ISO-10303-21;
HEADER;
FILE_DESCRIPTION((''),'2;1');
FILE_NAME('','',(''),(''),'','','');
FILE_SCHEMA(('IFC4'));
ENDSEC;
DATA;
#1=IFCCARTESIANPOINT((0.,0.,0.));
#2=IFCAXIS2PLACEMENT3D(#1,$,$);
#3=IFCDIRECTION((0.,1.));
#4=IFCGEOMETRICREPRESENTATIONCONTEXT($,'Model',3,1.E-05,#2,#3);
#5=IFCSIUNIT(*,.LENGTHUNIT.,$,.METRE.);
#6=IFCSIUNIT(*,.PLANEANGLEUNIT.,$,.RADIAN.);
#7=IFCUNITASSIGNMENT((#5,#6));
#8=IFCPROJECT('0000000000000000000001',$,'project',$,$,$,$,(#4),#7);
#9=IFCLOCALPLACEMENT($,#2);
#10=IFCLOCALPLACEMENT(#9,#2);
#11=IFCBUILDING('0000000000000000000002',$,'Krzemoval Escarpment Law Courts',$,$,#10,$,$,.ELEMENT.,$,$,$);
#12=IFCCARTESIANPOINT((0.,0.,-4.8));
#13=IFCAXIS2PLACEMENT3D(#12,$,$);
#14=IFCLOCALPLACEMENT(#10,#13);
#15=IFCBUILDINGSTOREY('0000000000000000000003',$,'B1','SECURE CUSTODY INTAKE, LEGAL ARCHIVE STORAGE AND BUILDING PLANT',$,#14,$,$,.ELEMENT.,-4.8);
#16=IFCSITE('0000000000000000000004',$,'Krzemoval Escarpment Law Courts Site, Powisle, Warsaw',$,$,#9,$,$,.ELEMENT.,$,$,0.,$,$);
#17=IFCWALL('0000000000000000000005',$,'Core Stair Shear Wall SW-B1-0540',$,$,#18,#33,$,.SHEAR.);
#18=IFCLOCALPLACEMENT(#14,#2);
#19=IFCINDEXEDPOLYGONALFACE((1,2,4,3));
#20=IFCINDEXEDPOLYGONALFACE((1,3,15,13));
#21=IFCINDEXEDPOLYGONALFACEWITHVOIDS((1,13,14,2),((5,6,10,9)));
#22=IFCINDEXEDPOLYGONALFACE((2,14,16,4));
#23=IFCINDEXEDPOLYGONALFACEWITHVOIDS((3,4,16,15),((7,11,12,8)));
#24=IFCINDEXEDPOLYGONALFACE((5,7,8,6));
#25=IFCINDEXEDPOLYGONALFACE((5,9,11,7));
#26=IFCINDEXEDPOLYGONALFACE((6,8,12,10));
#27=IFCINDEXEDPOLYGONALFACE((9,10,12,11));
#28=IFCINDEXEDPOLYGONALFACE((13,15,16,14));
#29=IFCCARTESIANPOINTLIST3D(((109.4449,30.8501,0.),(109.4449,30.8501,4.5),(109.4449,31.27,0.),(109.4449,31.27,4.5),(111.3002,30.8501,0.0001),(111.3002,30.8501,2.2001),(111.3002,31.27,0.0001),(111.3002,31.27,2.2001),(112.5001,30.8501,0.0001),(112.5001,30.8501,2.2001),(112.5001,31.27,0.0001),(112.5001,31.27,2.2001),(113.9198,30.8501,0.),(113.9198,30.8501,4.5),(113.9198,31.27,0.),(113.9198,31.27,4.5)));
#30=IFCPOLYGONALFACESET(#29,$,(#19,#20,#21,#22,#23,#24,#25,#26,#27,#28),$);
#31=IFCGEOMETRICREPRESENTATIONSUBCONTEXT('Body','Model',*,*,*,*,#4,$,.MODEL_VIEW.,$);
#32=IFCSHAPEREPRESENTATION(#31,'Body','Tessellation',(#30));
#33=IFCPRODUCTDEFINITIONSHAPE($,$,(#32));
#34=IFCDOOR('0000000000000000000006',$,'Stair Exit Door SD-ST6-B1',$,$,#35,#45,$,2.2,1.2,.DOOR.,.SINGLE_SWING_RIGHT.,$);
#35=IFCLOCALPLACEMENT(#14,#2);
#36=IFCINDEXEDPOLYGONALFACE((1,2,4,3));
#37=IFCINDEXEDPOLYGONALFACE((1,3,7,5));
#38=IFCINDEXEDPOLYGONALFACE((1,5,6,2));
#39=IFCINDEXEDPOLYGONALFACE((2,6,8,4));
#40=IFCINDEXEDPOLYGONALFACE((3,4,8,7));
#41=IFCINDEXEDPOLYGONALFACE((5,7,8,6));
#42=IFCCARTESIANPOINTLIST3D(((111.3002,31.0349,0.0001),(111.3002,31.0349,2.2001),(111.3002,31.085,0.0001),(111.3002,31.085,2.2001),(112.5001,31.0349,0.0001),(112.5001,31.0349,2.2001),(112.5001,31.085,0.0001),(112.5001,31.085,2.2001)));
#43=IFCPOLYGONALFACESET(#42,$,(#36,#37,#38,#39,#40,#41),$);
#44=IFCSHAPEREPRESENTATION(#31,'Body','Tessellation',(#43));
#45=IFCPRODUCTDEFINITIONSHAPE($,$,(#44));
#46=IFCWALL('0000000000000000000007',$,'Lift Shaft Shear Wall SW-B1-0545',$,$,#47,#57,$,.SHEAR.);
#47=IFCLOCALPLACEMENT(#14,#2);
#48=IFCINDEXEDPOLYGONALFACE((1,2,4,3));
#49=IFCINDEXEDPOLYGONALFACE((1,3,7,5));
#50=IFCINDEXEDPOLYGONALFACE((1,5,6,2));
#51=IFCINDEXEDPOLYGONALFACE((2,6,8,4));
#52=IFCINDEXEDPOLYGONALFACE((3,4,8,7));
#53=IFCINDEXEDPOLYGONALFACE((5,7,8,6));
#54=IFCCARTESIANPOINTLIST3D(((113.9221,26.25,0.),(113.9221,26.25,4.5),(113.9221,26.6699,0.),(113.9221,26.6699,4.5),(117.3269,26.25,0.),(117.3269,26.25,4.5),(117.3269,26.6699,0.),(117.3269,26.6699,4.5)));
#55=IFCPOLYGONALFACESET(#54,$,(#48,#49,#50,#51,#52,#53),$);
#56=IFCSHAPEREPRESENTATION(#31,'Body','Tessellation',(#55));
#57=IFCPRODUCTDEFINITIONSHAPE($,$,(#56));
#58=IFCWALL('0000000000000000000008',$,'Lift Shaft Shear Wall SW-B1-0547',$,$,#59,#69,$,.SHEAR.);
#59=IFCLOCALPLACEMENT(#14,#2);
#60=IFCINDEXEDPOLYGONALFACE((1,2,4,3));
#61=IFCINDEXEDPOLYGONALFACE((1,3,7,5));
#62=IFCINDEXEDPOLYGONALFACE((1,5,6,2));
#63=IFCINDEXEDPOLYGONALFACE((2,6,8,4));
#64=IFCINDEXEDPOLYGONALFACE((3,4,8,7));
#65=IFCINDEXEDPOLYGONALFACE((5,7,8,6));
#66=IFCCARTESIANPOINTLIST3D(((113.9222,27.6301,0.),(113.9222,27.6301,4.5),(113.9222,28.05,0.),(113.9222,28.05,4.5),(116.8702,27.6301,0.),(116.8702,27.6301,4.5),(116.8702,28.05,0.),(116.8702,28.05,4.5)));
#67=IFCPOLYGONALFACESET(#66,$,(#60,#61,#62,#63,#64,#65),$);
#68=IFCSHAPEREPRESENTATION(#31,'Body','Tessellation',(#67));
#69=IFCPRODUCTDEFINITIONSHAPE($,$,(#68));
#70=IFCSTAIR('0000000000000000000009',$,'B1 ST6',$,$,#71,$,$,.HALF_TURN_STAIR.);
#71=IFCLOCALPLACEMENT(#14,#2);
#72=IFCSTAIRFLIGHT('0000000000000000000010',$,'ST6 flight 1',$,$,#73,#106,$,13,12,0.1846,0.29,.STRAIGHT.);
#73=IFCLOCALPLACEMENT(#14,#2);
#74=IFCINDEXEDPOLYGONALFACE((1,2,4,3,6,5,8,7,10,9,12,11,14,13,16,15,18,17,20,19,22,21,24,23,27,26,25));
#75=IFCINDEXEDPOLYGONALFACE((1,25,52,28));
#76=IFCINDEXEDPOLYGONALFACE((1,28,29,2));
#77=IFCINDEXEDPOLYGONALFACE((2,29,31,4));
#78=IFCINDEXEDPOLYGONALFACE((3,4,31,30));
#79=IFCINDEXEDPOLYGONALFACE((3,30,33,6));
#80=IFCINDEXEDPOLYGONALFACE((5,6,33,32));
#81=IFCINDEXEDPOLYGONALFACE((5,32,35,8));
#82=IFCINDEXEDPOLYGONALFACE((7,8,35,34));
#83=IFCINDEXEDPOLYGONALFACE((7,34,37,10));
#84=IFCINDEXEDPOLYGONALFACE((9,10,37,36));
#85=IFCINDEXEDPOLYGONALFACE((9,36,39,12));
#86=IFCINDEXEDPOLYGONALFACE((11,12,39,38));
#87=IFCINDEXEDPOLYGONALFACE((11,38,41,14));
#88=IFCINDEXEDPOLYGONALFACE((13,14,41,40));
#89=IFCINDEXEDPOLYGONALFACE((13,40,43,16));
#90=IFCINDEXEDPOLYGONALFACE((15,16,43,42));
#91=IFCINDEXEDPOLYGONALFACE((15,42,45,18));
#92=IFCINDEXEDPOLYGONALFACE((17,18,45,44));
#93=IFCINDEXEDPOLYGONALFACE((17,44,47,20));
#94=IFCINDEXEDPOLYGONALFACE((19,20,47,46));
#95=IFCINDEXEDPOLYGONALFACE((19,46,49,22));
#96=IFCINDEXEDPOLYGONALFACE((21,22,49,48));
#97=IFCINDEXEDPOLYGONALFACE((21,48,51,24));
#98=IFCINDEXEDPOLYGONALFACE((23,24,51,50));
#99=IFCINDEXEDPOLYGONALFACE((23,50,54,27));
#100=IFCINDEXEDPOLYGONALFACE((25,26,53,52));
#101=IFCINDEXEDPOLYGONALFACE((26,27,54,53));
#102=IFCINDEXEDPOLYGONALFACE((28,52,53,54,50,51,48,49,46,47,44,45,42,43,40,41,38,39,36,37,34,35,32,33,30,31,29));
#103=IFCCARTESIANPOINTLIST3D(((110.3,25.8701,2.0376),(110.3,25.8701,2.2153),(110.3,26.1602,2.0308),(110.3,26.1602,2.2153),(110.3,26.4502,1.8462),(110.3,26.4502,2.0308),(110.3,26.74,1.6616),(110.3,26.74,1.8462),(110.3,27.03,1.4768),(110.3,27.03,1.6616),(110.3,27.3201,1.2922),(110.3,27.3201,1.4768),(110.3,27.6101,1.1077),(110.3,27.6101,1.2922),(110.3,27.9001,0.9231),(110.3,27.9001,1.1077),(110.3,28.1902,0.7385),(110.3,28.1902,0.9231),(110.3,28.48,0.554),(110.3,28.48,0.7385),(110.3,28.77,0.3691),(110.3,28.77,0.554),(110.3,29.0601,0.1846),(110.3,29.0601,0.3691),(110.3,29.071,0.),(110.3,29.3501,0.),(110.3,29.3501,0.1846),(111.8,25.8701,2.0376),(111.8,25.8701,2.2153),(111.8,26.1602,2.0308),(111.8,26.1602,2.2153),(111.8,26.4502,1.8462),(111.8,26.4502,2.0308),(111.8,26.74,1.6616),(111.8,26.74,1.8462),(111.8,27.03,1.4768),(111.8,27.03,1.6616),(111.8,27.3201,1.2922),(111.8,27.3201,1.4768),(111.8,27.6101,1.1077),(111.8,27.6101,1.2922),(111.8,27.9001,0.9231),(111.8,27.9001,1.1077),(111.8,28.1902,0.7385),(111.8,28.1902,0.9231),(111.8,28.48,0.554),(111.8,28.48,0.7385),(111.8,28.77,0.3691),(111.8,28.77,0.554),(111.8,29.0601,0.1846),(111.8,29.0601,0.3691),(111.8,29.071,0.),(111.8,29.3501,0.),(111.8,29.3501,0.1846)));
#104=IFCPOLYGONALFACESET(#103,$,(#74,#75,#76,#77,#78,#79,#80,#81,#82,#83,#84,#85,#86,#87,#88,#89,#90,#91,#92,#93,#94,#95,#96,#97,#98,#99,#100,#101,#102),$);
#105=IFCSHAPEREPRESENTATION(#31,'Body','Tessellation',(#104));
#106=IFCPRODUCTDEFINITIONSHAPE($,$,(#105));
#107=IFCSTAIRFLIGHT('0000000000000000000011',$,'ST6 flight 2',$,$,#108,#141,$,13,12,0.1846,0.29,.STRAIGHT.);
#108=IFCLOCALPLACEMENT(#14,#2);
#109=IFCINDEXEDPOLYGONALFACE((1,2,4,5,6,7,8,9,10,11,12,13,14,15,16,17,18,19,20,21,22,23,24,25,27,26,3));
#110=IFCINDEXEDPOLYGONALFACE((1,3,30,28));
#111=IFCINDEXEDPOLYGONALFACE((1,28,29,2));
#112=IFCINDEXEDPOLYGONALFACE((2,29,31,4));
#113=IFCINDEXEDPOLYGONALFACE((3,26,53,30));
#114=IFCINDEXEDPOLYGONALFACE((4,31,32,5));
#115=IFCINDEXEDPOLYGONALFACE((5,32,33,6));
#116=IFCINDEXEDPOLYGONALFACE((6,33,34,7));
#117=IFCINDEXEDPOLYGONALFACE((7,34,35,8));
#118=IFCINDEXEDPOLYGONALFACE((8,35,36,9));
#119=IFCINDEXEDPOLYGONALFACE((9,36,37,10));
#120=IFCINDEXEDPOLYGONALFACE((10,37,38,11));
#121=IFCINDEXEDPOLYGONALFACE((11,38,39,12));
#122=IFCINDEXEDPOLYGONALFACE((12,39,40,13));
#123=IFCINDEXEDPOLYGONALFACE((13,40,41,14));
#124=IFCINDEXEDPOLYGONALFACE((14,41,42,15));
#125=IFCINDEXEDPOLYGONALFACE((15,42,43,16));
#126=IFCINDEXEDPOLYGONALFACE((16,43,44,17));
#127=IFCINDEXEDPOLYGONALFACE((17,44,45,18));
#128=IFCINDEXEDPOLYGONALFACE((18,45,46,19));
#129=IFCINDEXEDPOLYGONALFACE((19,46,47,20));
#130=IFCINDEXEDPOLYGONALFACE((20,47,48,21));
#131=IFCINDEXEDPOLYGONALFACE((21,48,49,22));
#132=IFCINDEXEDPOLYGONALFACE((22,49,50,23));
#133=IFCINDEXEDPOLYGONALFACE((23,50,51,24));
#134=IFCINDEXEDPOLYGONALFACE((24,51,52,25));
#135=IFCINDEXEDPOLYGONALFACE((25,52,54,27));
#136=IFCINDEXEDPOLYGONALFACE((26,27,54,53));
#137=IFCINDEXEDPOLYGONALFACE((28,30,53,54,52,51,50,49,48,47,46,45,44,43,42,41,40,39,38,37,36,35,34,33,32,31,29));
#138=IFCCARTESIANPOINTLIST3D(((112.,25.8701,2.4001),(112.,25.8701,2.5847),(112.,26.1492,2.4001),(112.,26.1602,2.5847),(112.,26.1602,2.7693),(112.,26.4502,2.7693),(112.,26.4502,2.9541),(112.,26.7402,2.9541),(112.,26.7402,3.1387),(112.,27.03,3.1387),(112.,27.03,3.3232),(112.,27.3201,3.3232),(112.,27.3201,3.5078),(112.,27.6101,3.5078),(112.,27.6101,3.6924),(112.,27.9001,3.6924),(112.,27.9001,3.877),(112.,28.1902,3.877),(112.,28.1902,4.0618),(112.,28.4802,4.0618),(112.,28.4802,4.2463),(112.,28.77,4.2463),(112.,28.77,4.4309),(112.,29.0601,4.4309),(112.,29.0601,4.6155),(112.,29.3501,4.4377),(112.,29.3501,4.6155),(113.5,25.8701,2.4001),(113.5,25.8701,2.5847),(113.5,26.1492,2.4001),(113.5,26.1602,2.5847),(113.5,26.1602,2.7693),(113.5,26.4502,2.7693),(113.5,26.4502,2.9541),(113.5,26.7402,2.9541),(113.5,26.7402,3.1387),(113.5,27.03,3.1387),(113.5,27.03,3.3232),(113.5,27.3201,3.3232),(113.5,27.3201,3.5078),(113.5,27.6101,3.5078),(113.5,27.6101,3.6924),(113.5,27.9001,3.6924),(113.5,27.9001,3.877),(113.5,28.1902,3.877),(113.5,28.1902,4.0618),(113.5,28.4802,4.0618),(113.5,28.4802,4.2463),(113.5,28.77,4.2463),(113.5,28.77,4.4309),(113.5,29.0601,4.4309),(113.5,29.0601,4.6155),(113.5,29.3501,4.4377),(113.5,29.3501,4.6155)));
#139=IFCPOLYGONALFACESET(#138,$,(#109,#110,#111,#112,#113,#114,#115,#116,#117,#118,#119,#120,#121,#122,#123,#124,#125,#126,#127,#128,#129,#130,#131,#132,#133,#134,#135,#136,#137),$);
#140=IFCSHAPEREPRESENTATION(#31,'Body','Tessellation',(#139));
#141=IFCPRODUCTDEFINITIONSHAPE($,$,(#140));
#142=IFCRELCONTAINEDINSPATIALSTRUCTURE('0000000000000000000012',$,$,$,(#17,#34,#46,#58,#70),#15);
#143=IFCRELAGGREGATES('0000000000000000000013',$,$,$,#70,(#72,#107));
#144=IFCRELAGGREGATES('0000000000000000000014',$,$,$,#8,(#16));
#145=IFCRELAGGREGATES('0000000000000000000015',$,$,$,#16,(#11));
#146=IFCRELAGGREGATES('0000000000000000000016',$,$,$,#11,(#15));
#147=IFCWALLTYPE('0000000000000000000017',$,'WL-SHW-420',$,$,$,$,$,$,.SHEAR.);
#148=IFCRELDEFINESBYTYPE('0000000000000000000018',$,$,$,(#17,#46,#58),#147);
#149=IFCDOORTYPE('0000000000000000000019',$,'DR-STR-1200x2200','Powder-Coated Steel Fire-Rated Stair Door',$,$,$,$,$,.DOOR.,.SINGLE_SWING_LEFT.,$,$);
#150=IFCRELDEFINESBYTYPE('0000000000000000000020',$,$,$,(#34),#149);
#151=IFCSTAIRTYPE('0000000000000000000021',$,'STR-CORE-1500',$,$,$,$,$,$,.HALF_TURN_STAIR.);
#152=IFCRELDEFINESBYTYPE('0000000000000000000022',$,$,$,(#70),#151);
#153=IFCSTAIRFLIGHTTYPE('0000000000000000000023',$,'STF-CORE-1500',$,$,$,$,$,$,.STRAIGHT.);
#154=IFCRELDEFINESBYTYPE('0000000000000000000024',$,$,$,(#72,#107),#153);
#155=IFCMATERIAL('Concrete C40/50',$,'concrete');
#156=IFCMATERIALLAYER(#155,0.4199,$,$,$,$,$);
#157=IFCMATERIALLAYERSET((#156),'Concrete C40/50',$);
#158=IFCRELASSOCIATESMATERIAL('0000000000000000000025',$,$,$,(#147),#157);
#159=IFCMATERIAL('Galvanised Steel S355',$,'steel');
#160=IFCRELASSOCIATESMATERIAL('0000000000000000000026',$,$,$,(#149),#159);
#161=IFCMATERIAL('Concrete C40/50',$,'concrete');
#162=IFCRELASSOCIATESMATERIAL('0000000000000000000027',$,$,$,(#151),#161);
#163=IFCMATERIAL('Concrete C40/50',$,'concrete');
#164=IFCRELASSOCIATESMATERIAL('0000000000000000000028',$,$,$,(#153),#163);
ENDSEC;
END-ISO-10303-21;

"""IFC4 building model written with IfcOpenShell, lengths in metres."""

from ifc_helpers import new_model, si_unit, direction, frame, frame_2d, origin, place, context, subcontext, project, spatial, polyline, rectangle, outline, extrude, material, layer, layer_set, type_object, element, fill, aggregate, save


model = new_model("IFC4")

# Units and contexts
model_context = context("Model", 3, precision=1e-05, world=origin(), true_north=direction((0.0, 1.0)))
body_context = subcontext(model_context, "Body", "Model", "MODEL_VIEW")
ifc_project = project(units=[si_unit("LENGTHUNIT", "METRE"), si_unit("PLANEANGLEUNIT", "RADIAN")], contexts=[model_context])

# Site, building, storey
site_placement = place(None, origin())
site = spatial("IfcSite", under=ifc_project, at=site_placement, Name="Krzemoval Escarpment Law Courts Site, Powisle, Warsaw", CompositionType="ELEMENT", RefElevation=0.0)
building_placement = place(site_placement, origin())
building = spatial("IfcBuilding", under=site, at=building_placement, Name="Krzemoval Escarpment Law Courts", CompositionType="ELEMENT")
storey_placement = place(building_placement, frame((0.0, 0.0, -4.8)))
storey = spatial("IfcBuildingStorey", under=building, at=storey_placement, Name="B1", Description="SECURE CUSTODY INTAKE, LEGAL ARCHIVE STORAGE AND BUILDING PLANT", CompositionType="ELEMENT", Elevation=-4.8)

# Wall, opening, door
ifc_material_1 = material(Name="Concrete C40/50", Category="concrete")
ifc_layer_1 = layer(ifc_material_1, 0.4199)
ifc_layer_set_1 = layer_set([ifc_layer_1], Name="Concrete C40/50")
wall_type = type_object("IfcWallType", Name="WL-SHW-420", PredefinedType="SHEAR", material=ifc_layer_set_1)
wall_1_placement = place(storey_placement, frame((109.4451, 31.0601, 0.0), z_axis=(0.0, 0.0, 1.0), x_axis=(1.0, 0.0, 0.0)))
wall_1 = element("IfcWall", 1, at=wall_1_placement, inside=storey, type_object=wall_type, Name="Core Stair Shear Wall SW-B1-0540", PredefinedType="SHEAR", context=body_context, shape_type="SweptSolid", body=[
    extrude(rectangle(XDim=4.4749, YDim=0.4199, at=frame_2d((2.2373, 0.0))), origin(), (0.0, 0.0, 1.0), 4.5),
])
opening_1_placement = place(wall_1_placement, frame((1.855, 0.0, 0.0)))
opening_1 = element("IfcOpeningElement", 2, at=opening_1_placement, cuts=wall_1, PredefinedType="OPENING", context=body_context, shape_type="SweptSolid", body=[
    extrude(rectangle(XDim=1.2, YDim=2.2, at=frame_2d((0.6001, 1.1001))), frame((0.0, 0.225, 0.0), z_axis=(0.0, -1.0, 0.0), x_axis=(1.0, 0.0, 0.0)), (0.0, 0.0, 1.0), 0.4499),
])
ifc_material_2 = material(Name="Galvanised Steel S355", Category="steel")
door_type_1 = type_object("IfcDoorType", Name="DR-STR-1200x2200", Description="Powder-Coated Steel Fire-Rated Stair Door", OperationType="SINGLE_SWING_LEFT", PredefinedType="DOOR", material=ifc_material_2)
door_1_placement = place(opening_1_placement, origin())
door_1 = element("IfcDoor", 3, at=door_1_placement, inside=storey, type_object=door_type_1, Name="Stair Exit Door SD-ST6-B1", OperationType="SINGLE_SWING_RIGHT", OverallHeight=2.2, OverallWidth=1.2, PredefinedType="DOOR", context=body_context, shape_type="SweptSolid", body=[
    extrude(rectangle(XDim=1.2, YDim=2.2, at=frame_2d((0.6001, 1.1001))), frame((0.0, 0.0249, 0.0), z_axis=(0.0, -1.0, 0.0), x_axis=(1.0, 0.0, 0.0)), (0.0, 0.0, 1.0), 0.05),
])
fill(opening_1, door_1)

# Walls
wall_2_placement = place(storey_placement, frame((113.9221, 26.46, 0.0), z_axis=(0.0, 0.0, 1.0), x_axis=(1.0, 0.0, 0.0)))
element("IfcWall", 4, at=wall_2_placement, inside=storey, type_object=wall_type, Name="Lift Shaft Shear Wall SW-B1-0545", PredefinedType="SHEAR", context=body_context, shape_type="SweptSolid", body=[
    extrude(rectangle(XDim=3.4048, YDim=0.4199, at=frame_2d((1.7024, 0.0))), origin(), (0.0, 0.0, 1.0), 4.5),
])
wall_3_placement = place(storey_placement, frame((113.9221, 27.8401, 0.0), z_axis=(0.0, 0.0, 1.0), x_axis=(1.0, 0.0, 0.0)))
element("IfcWall", 5, at=wall_3_placement, inside=storey, type_object=wall_type, Name="Lift Shaft Shear Wall SW-B1-0547", PredefinedType="SHEAR", context=body_context, shape_type="SweptSolid", body=[
    extrude(rectangle(XDim=2.948, YDim=0.4199, at=frame_2d((1.4741, 0.0))), origin(), (0.0, 0.0, 1.0), 4.5),
])

# Stair, stair flights
ifc_material_3 = material(Name="Concrete C40/50", Category="concrete")
stair_type = type_object("IfcStairType", Name="STR-CORE-1500", PredefinedType="HALF_TURN_STAIR", material=ifc_material_3)
stair_placement = place(storey_placement, origin())
stair = element("IfcStair", 6, at=stair_placement, inside=storey, type_object=stair_type, Name="B1 ST6", PredefinedType="HALF_TURN_STAIR")
ifc_material_4 = material(Name="Concrete C40/50", Category="concrete")
stair_flight_type = type_object("IfcStairFlightType", Name="STF-CORE-1500", PredefinedType="STRAIGHT", material=ifc_material_4)
stair_flight_1_placement = place(storey_placement, frame((111.05, 29.3501, 0.0), z_axis=(0.0, 0.0, 1.0), x_axis=(0.0, -1.0, 0.0)))
stair_flight_1 = element("IfcStairFlight", 7, at=stair_flight_1_placement, type_object=stair_flight_type, Name="ST6 flight 1", NumberOfRisers=13, NumberOfTreads=12, PredefinedType="STRAIGHT", RiserHeight=0.1846, TreadLength=0.29, context=body_context, shape_type="SweptSolid", body=[
    extrude(outline(polyline([(0.0, 0.0), (0.0, 0.1846), (0.29, 0.1846), (0.29, 0.3691), (0.5801, 0.3691), (0.5801, 0.554), (0.8701, 0.554), (0.8701, 0.7385), (1.1599, 0.7385), (1.1599, 0.9231), (1.45, 0.9231), (1.45, 1.1077), (1.74, 1.1077), (1.74, 1.2922), (2.03, 1.2922), (2.03, 1.4768), (2.3201, 1.4768), (2.3201, 1.6616), (2.6101, 1.6616), (2.6101, 1.8462), (2.8999, 1.8462), (2.8999, 2.0308), (3.1899, 2.0308), (3.1899, 2.2153), (3.48, 2.2153), (3.48, 2.3999), (3.48, 2.0376), (0.2791, 0.0), (0.0, 0.0)])), frame((0.0, 0.75, 0.0), z_axis=(0.0, -1.0, 0.0), x_axis=(1.0, 0.0, 0.0)), (0.0, 0.0, 1.0), 1.5),
])
stair_flight_2_placement = place(storey_placement, frame((112.75, 25.8701, 2.4001), z_axis=(0.0, 0.0, 1.0), x_axis=(0.0, 1.0, 0.0)))
stair_flight_2 = element("IfcStairFlight", 8, at=stair_flight_2_placement, type_object=stair_flight_type, Name="ST6 flight 2", NumberOfRisers=13, NumberOfTreads=12, PredefinedType="STRAIGHT", RiserHeight=0.1846, TreadLength=0.29, context=body_context, shape_type="SweptSolid", body=[
    extrude(outline(polyline([(0.0, 0.0), (0.0, 0.1846), (0.29, 0.1846), (0.29, 0.3691), (0.5801, 0.3691), (0.5801, 0.554), (0.8701, 0.554), (0.8701, 0.7385), (1.1599, 0.7385), (1.1599, 0.9231), (1.45, 0.9231), (1.45, 1.1077), (1.74, 1.1077), (1.74, 1.2922), (2.03, 1.2922), (2.03, 1.4768), (2.3201, 1.4768), (2.3201, 1.6616), (2.6101, 1.6616), (2.6101, 1.8462), (2.8999, 1.8462), (2.8999, 2.0308), (3.1899, 2.0308), (3.1899, 2.2153), (3.48, 2.2153), (3.48, 2.3999), (3.48, 2.0376), (0.2791, 0.0), (0.0, 0.0)])), frame((0.0, 0.75, 0.0), z_axis=(0.0, -1.0, 0.0), x_axis=(1.0, 0.0, 0.0)), (0.0, 0.0, 1.0), 1.5),
])
aggregate(stair, [stair_flight_1, stair_flight_2])

save(model, "model.ifc")
